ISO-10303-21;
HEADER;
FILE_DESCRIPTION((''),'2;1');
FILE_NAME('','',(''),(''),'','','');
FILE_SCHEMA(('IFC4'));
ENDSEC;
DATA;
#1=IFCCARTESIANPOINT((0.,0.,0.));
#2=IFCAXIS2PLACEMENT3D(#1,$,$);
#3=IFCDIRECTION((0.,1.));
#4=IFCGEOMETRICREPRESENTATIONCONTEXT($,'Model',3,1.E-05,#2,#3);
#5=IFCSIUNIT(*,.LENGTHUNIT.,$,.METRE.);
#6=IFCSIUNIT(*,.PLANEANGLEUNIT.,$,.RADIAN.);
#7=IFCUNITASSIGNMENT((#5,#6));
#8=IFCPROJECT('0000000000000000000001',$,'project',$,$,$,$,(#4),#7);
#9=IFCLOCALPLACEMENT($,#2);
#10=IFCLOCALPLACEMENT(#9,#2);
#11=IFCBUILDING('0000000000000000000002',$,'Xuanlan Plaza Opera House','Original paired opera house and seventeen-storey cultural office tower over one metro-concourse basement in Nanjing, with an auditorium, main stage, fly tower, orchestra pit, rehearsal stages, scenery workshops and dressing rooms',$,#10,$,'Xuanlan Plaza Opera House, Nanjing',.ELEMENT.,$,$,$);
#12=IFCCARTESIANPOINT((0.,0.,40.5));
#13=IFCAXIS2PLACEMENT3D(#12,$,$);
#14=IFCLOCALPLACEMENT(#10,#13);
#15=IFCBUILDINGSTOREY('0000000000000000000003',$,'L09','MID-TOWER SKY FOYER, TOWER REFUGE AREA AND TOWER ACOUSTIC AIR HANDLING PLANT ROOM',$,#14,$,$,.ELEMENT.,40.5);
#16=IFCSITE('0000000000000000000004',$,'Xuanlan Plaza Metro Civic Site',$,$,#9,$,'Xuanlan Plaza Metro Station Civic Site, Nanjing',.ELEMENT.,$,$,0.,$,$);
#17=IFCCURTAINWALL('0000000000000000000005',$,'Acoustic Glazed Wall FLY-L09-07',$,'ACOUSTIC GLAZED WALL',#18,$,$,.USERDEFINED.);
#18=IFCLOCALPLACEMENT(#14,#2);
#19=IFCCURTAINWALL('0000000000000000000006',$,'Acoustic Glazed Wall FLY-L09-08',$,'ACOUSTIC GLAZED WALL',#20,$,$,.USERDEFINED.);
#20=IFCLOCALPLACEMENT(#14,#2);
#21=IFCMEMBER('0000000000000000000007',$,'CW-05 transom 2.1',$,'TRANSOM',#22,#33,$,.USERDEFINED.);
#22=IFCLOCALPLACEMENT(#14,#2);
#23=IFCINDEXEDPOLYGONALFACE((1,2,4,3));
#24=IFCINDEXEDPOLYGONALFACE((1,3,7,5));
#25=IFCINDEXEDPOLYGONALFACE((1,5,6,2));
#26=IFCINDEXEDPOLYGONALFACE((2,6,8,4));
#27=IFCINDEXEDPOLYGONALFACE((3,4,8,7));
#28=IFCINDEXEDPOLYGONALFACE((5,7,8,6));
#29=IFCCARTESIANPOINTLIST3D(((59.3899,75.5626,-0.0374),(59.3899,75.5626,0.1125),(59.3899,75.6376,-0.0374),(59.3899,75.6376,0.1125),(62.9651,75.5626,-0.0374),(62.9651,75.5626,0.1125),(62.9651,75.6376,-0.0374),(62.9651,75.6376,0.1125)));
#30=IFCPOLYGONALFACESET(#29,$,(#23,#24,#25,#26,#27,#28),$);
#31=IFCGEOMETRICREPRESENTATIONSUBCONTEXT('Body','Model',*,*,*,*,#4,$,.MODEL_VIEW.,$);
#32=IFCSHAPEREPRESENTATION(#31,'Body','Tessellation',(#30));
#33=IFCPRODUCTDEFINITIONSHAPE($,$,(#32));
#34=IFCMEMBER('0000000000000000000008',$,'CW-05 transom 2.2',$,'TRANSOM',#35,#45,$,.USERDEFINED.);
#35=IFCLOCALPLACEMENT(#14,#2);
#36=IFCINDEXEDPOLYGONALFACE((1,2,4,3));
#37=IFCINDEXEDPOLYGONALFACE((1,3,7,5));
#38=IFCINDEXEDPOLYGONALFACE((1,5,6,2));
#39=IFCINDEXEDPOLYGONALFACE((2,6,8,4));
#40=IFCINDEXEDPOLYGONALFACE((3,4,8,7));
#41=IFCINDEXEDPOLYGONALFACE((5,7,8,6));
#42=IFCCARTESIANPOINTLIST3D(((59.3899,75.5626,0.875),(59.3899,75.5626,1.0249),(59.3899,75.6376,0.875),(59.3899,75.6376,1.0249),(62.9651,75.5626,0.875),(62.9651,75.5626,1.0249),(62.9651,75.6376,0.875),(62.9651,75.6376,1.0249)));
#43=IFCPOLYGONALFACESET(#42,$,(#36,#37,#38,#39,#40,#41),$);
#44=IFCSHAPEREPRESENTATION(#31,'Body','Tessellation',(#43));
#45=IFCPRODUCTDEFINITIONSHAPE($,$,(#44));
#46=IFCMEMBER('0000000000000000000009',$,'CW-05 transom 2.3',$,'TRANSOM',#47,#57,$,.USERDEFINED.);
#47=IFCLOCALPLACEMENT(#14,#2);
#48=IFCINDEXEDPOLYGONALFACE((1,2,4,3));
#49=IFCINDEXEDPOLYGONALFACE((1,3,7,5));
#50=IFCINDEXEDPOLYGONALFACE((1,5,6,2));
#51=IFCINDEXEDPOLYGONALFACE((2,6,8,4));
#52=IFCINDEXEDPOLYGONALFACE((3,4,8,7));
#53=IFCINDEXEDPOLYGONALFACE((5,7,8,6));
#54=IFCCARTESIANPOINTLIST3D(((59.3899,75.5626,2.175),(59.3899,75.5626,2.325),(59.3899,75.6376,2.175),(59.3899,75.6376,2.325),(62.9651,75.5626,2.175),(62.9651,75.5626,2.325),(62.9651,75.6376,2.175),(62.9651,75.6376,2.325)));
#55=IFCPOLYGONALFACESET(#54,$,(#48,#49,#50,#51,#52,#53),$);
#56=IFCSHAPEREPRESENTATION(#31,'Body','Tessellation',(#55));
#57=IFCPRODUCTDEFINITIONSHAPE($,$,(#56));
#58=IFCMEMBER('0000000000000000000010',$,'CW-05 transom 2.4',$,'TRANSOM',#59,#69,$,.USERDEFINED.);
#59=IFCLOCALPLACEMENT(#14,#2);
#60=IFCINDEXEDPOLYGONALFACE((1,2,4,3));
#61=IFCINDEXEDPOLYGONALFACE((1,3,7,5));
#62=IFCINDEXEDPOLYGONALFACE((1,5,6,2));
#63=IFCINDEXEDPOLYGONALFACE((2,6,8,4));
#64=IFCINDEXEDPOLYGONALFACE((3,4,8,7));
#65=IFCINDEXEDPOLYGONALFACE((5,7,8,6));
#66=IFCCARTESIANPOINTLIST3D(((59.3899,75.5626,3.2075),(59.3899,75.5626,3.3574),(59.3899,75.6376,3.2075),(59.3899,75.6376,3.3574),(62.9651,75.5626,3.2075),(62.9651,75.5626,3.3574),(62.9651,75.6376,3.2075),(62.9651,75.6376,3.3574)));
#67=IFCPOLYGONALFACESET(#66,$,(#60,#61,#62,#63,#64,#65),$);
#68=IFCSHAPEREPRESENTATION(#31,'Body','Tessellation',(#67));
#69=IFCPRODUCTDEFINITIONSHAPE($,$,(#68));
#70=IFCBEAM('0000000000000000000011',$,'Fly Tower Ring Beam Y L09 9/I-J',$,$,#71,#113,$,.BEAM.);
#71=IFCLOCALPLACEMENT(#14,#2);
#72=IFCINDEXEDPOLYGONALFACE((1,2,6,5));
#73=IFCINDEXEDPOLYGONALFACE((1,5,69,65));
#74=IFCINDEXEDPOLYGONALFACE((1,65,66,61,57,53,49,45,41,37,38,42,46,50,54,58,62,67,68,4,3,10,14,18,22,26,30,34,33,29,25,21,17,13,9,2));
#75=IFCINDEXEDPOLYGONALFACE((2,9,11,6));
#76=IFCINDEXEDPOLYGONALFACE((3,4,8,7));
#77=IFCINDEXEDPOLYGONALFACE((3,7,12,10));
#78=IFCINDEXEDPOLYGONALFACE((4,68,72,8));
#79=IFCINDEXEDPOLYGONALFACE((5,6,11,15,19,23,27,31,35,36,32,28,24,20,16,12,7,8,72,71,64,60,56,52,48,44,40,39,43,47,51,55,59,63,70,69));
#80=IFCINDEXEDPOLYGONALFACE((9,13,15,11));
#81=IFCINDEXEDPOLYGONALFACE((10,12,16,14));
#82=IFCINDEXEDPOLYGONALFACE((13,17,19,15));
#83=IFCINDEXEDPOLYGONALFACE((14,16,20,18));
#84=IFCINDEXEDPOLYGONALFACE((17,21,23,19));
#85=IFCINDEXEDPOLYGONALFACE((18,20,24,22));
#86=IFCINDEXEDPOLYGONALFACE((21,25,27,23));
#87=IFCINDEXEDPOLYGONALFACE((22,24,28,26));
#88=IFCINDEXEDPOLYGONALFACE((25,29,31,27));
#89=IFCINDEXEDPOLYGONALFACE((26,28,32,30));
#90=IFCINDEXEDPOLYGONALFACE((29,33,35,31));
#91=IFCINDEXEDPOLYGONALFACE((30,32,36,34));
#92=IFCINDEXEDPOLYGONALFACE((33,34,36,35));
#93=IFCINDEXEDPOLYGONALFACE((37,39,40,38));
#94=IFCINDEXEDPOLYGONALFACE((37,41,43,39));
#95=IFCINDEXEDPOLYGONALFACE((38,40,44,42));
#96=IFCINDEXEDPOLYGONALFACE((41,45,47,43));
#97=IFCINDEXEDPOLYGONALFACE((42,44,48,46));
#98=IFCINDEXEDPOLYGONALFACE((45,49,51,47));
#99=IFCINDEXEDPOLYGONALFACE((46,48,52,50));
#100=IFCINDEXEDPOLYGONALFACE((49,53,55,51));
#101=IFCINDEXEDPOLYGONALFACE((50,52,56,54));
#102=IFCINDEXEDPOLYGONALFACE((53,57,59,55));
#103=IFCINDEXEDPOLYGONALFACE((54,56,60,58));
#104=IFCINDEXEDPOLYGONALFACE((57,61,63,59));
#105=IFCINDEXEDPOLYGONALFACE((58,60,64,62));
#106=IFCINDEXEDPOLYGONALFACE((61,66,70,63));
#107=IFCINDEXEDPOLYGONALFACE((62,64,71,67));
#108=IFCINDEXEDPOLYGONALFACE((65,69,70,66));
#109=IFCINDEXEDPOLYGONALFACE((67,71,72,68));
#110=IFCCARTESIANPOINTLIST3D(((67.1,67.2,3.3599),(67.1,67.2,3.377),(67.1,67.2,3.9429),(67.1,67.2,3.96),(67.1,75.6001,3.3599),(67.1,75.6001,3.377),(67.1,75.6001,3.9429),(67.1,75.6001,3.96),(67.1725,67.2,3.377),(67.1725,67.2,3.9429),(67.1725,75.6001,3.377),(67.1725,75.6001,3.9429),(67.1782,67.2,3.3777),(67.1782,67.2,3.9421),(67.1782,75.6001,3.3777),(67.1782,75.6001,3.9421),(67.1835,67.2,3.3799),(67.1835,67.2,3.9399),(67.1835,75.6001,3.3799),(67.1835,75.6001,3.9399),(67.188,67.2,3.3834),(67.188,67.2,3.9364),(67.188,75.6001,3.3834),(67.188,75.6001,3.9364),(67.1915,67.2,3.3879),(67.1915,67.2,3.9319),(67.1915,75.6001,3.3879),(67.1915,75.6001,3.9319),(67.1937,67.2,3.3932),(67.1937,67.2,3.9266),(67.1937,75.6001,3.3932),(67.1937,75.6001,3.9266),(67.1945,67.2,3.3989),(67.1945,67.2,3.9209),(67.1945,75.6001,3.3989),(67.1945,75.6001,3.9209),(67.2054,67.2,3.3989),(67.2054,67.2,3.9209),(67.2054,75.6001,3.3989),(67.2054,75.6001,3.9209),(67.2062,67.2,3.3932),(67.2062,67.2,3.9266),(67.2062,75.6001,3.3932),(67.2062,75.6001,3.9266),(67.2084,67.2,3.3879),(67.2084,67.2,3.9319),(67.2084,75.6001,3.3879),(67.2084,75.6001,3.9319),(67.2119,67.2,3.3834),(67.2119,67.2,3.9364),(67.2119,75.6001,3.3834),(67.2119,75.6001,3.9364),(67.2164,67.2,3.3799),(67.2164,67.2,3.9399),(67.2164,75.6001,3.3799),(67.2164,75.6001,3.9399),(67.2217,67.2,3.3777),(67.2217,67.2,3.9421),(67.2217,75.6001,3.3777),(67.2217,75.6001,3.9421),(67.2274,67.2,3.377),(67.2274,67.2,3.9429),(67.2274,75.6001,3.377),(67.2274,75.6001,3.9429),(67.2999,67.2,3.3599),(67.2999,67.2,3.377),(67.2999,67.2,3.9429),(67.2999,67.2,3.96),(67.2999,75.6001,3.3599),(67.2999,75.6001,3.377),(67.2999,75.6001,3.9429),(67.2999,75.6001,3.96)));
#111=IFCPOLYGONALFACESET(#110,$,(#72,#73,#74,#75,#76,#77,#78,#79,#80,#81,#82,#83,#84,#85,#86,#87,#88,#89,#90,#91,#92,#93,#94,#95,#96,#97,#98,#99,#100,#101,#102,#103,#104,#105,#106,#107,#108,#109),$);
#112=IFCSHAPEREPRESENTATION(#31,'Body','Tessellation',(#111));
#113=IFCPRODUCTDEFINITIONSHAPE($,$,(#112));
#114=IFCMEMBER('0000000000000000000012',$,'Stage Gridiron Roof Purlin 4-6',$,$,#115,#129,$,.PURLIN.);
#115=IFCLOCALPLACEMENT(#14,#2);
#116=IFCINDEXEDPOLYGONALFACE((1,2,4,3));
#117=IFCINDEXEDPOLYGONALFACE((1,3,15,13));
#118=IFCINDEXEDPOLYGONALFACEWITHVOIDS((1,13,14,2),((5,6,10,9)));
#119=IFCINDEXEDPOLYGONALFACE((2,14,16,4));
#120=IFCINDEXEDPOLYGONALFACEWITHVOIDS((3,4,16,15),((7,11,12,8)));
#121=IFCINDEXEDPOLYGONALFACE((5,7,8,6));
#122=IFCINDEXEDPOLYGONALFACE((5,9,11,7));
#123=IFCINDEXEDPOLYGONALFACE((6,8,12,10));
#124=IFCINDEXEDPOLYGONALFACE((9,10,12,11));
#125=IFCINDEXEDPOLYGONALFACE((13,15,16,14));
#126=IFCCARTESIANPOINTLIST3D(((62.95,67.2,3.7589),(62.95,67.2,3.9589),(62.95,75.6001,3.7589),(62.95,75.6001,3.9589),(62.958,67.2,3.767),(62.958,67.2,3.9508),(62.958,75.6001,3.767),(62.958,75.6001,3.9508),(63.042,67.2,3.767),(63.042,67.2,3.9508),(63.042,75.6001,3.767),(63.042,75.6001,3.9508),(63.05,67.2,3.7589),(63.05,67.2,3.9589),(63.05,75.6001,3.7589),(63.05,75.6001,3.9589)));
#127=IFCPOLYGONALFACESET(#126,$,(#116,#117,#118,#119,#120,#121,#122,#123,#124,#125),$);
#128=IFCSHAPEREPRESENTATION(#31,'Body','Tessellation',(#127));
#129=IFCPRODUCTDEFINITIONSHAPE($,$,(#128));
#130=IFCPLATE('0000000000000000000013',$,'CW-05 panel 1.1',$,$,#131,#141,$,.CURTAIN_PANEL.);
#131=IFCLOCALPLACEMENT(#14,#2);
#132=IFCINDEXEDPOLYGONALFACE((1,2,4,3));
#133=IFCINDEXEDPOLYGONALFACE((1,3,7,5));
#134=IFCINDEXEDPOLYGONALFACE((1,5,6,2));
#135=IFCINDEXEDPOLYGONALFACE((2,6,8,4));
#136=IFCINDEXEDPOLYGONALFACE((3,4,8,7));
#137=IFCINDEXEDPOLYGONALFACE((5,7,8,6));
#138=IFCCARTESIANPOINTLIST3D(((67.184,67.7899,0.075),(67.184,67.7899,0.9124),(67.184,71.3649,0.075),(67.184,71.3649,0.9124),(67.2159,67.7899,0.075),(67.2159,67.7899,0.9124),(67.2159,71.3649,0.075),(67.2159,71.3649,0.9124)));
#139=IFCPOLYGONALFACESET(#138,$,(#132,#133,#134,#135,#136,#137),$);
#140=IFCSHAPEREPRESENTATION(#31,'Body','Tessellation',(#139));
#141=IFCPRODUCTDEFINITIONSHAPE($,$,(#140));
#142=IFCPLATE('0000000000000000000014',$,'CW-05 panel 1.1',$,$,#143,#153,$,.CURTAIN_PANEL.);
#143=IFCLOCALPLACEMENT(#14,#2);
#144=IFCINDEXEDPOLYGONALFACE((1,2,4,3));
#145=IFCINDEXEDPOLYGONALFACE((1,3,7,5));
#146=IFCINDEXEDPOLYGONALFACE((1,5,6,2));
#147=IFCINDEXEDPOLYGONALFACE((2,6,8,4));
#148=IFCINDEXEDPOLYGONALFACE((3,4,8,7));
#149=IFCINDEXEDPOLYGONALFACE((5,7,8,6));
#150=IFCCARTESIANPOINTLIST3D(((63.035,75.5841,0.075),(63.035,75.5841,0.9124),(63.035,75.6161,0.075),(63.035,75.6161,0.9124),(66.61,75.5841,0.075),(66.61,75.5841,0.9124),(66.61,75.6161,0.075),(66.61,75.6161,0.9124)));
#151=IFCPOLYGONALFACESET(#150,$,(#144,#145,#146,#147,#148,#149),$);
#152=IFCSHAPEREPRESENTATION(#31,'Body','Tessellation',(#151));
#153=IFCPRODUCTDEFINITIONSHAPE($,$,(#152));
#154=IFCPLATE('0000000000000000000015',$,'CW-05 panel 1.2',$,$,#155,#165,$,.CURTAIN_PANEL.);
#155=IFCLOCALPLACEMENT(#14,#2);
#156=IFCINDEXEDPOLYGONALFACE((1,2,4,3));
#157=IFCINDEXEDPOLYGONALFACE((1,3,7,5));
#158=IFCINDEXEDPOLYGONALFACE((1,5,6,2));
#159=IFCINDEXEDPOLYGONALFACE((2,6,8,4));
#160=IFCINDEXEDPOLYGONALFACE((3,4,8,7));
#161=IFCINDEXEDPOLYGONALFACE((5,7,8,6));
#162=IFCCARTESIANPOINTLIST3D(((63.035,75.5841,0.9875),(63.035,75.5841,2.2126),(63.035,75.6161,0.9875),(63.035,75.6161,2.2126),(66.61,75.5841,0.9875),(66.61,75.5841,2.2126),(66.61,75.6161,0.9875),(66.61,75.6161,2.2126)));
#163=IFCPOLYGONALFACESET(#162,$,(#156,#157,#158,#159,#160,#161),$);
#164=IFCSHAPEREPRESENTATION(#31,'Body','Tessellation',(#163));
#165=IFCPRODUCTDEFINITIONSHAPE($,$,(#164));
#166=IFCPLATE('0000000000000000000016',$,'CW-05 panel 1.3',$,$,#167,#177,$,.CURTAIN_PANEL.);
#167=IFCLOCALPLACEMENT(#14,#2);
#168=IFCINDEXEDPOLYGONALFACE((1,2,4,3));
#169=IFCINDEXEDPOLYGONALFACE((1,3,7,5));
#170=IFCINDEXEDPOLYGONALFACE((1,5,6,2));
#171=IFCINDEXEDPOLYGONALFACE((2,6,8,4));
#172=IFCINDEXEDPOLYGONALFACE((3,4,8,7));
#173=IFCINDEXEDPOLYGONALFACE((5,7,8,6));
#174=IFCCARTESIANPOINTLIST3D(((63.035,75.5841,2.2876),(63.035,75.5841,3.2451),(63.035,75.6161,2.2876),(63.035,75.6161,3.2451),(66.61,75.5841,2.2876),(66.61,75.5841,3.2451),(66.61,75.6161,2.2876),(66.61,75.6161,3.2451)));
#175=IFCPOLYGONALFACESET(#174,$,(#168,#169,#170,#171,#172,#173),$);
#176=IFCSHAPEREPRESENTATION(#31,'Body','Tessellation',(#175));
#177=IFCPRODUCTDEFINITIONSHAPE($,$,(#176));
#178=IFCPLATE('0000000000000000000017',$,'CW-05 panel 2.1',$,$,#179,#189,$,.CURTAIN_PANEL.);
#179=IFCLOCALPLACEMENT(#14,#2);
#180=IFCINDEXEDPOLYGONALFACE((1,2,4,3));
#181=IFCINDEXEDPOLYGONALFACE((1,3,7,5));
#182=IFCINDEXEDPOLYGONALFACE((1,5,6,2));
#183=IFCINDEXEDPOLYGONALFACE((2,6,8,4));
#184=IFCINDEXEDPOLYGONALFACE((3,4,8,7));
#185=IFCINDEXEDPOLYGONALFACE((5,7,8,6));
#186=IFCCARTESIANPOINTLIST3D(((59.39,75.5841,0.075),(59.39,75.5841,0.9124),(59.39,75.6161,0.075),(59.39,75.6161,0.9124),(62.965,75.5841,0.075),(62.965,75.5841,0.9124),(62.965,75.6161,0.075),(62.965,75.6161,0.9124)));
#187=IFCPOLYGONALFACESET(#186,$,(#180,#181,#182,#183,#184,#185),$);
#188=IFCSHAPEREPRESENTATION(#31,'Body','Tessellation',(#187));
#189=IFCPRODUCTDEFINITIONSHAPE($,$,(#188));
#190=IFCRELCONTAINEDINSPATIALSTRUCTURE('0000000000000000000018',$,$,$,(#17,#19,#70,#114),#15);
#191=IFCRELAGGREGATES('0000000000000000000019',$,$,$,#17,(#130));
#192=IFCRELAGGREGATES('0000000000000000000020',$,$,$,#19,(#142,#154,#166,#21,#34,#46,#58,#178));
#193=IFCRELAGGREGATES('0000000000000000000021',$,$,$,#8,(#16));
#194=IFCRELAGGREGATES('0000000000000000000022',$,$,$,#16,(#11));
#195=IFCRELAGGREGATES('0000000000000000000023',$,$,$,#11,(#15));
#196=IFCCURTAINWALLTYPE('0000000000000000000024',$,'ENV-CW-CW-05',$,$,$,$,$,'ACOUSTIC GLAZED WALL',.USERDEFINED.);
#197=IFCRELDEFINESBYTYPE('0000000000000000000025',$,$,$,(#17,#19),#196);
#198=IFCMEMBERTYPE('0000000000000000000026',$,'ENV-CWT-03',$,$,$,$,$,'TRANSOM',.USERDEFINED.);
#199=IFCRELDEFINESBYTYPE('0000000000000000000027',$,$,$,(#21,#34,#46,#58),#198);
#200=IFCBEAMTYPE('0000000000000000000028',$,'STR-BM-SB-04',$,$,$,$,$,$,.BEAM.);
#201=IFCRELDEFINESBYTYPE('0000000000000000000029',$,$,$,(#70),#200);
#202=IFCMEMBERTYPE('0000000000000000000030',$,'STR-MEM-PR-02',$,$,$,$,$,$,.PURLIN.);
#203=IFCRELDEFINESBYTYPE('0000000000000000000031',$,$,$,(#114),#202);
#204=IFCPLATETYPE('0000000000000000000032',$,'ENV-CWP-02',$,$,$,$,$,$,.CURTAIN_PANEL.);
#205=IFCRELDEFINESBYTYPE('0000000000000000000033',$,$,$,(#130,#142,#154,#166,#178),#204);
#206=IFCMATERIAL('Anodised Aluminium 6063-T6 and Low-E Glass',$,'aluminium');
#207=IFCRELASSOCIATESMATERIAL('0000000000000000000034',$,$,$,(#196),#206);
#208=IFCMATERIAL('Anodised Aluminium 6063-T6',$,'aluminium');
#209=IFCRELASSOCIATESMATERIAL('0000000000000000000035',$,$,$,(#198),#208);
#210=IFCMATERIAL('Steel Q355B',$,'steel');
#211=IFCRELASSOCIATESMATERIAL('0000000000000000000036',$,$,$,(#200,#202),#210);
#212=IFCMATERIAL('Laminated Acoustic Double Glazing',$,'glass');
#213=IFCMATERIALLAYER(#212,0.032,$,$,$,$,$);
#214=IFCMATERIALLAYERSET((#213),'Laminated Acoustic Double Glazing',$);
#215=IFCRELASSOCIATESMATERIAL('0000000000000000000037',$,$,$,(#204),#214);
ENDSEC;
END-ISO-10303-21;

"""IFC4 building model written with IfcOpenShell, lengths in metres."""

from ifc_helpers import new_model, si_unit, direction, frame, origin, origin_2d, place, context, subcontext, project, spatial, rectangle, hollow_rectangle, i_section, extrude, material, layer, layer_set, material_profile, profile_set, type_object, element, aggregate, save


model = new_model("IFC4")

# Units and contexts
model_context = context("Model", 3, precision=1e-05, world=origin(), true_north=direction((0.0, 1.0)))
body_context = subcontext(model_context, "Body", "Model", "MODEL_VIEW")
ifc_project = project(units=[si_unit("LENGTHUNIT", "METRE"), si_unit("PLANEANGLEUNIT", "RADIAN")], contexts=[model_context])

# Site, building, storey
site_placement = place(None, origin())
site = spatial("IfcSite", under=ifc_project, at=site_placement, Name="Xuanlan Plaza Metro Civic Site", LongName="Xuanlan Plaza Metro Station Civic Site, Nanjing", CompositionType="ELEMENT", RefElevation=0.0)
building_placement = place(site_placement, origin())
building = spatial("IfcBuilding", under=site, at=building_placement, Name="Xuanlan Plaza Opera House", Description="Original paired opera house and seventeen-storey cultural office tower over one metro-concourse basement in Nanjing, with an auditorium, main stage, fly tower, orchestra pit, rehearsal stages, scenery workshops and dressing rooms", LongName="Xuanlan Plaza Opera House, Nanjing", CompositionType="ELEMENT")
storey_placement = place(building_placement, frame((0.0, 0.0, 40.5)))
storey = spatial("IfcBuildingStorey", under=building, at=storey_placement, Name="L09", Description="MID-TOWER SKY FOYER, TOWER REFUGE AREA AND TOWER ACOUSTIC AIR HANDLING PLANT ROOM", CompositionType="ELEMENT", Elevation=40.5)

# Curtain walls
ifc_material_1 = material(Name="Anodised Aluminium 6063-T6 and Low-E Glass", Category="aluminium")
curtain_wall_type = type_object("IfcCurtainWallType", Name="ENV-CW-CW-05", ElementType="ACOUSTIC GLAZED WALL", PredefinedType="USERDEFINED", material=ifc_material_1)
curtain_wall_1_placement = place(storey_placement, origin())
curtain_wall_1 = element("IfcCurtainWall", 1, at=curtain_wall_1_placement, inside=storey, type_object=curtain_wall_type, Name="Acoustic Glazed Wall FLY-L09-07", ObjectType="ACOUSTIC GLAZED WALL", PredefinedType="USERDEFINED")
ifc_material_2 = material(Name="Anodised Aluminium 6063-T6", Category="aluminium")
curtain_wall_2_placement = place(storey_placement, origin())
curtain_wall_2 = element("IfcCurtainWall", 2, at=curtain_wall_2_placement, inside=storey, type_object=curtain_wall_type, Name="Acoustic Glazed Wall FLY-L09-08", ObjectType="ACOUSTIC GLAZED WALL", PredefinedType="USERDEFINED")

# Members
ifc_material_profile_1 = material_profile(ifc_material_2, rectangle(XDim=0.075, YDim=0.1499, at=origin_2d()), Name="ALU-T 75x150")
ifc_profile_set_1 = profile_set([ifc_material_profile_1], Name="Anodised Aluminium 6063-T6")
member_type_1 = type_object("IfcMemberType", Name="ENV-CWT-03", ElementType="TRANSOM", PredefinedType="USERDEFINED", material=ifc_profile_set_1)
member_1_placement = place(storey_placement, frame((62.9651, 75.6001, 0.0376), z_axis=(-1.0, 0.0, 0.0), x_axis=(0.0, -1.0, 0.0)))
member_1 = element("IfcMember", 3, at=member_1_placement, type_object=member_type_1, Name="CW-05 transom 2.1", ObjectType="TRANSOM", PredefinedType="USERDEFINED", context=body_context, shape_type="SweptSolid", body=[
    extrude(rectangle(XDim=0.075, YDim=0.1499, at=origin_2d()), origin(), (0.0, 0.0, 1.0), 3.5752),
])
member_2_placement = place(storey_placement, frame((62.9651, 75.6001, 0.95), z_axis=(-1.0, 0.0, 0.0), x_axis=(0.0, -1.0, 0.0)))
member_2 = element("IfcMember", 4, at=member_2_placement, type_object=member_type_1, Name="CW-05 transom 2.2", ObjectType="TRANSOM", PredefinedType="USERDEFINED", context=body_context, shape_type="SweptSolid", body=[
    extrude(rectangle(XDim=0.075, YDim=0.1499, at=origin_2d()), origin(), (0.0, 0.0, 1.0), 3.5752),
])
member_3_placement = place(storey_placement, frame((62.9651, 75.6001, 2.25), z_axis=(-1.0, 0.0, 0.0), x_axis=(0.0, -1.0, 0.0)))
member_3 = element("IfcMember", 5, at=member_3_placement, type_object=member_type_1, Name="CW-05 transom 2.3", ObjectType="TRANSOM", PredefinedType="USERDEFINED", context=body_context, shape_type="SweptSolid", body=[
    extrude(rectangle(XDim=0.075, YDim=0.1499, at=origin_2d()), origin(), (0.0, 0.0, 1.0), 3.5752),
])
member_4_placement = place(storey_placement, frame((62.9651, 75.6001, 3.2825), z_axis=(-1.0, 0.0, 0.0), x_axis=(0.0, -1.0, 0.0)))
member_4 = element("IfcMember", 6, at=member_4_placement, type_object=member_type_1, Name="CW-05 transom 2.4", ObjectType="TRANSOM", PredefinedType="USERDEFINED", context=body_context, shape_type="SweptSolid", body=[
    extrude(rectangle(XDim=0.075, YDim=0.1499, at=origin_2d()), origin(), (0.0, 0.0, 1.0), 3.5752),
])

# Beam
ifc_material_3 = material(Name="Steel Q355B", Category="steel")
ifc_material_profile_2 = material_profile(ifc_material_3, i_section(OverallWidth=0.2, OverallDepth=0.6001, WebThickness=0.011, FlangeThickness=0.0171, FilletRadius=0.022, at=origin_2d()), Name="HN 600x200x11x17")
ifc_profile_set_2 = profile_set([ifc_material_profile_2], Name="Steel Q355B")
beam_type = type_object("IfcBeamType", Name="STR-BM-SB-04", PredefinedType="BEAM", material=ifc_profile_set_2)
beam_placement = place(storey_placement, frame((67.2, 67.2, 3.6599), z_axis=(0.0, 1.0, 0.0), x_axis=(-1.0, 0.0, 0.0)))
element("IfcBeam", 7, at=beam_placement, inside=storey, type_object=beam_type, Name="Fly Tower Ring Beam Y L09 9/I-J", PredefinedType="BEAM", context=body_context, shape_type="SweptSolid", body=[
    extrude(i_section(OverallWidth=0.2, OverallDepth=0.6001, WebThickness=0.011, FlangeThickness=0.0171, FilletRadius=0.022, at=origin_2d()), origin(), (0.0, 0.0, 1.0), 8.4001),
])

# Member
ifc_material_profile_3 = material_profile(ifc_material_3, hollow_rectangle(XDim=0.1001, YDim=0.2, WallThickness=0.0081, at=origin_2d()), Name="RHS 200x100x8")
ifc_profile_set_3 = profile_set([ifc_material_profile_3], Name="Steel Q355B")
member_type_2 = type_object("IfcMemberType", Name="STR-MEM-PR-02", PredefinedType="PURLIN", material=ifc_profile_set_3)
member_5_placement = place(storey_placement, frame((63.0, 67.2, 3.8589), z_axis=(0.0, 1.0, 0.0), x_axis=(-1.0, 0.0, 0.0)))
element("IfcMember", 8, at=member_5_placement, inside=storey, type_object=member_type_2, Name="Stage Gridiron Roof Purlin 4-6", PredefinedType="PURLIN", context=body_context, shape_type="SweptSolid", body=[
    extrude(hollow_rectangle(XDim=0.1001, YDim=0.2, WallThickness=0.0081, at=origin_2d()), origin(), (0.0, 0.0, 1.0), 8.4001),
])

# Plates
ifc_material_4 = material(Name="Laminated Acoustic Double Glazing", Category="glass")
ifc_layer = layer(ifc_material_4, 0.032)
ifc_layer_set = layer_set([ifc_layer], Name="Laminated Acoustic Double Glazing")
plate_type = type_object("IfcPlateType", Name="ENV-CWP-02", PredefinedType="CURTAIN_PANEL", material=ifc_layer_set)
plate_1_placement = place(storey_placement, frame((67.2, 69.5774, 0.075), z_axis=(0.0, 0.0, 1.0), x_axis=(0.0, 1.0, 0.0)))
plate_1 = element("IfcPlate", 9, at=plate_1_placement, type_object=plate_type, Name="CW-05 panel 1.1", PredefinedType="CURTAIN_PANEL", context=body_context, shape_type="SweptSolid", body=[
    extrude(rectangle(XDim=3.575, YDim=0.032, at=origin_2d()), origin(), (0.0, 0.0, 1.0), 0.8374),
])
aggregate(curtain_wall_1, [plate_1])
plate_2_placement = place(storey_placement, frame((64.8225, 75.6001, 0.075), z_axis=(0.0, 0.0, 1.0), x_axis=(-1.0, 0.0, 0.0)))
plate_2 = element("IfcPlate", 10, at=plate_2_placement, type_object=plate_type, Name="CW-05 panel 1.1", PredefinedType="CURTAIN_PANEL", context=body_context, shape_type="SweptSolid", body=[
    extrude(rectangle(XDim=3.575, YDim=0.032, at=origin_2d()), origin(), (0.0, 0.0, 1.0), 0.8374),
])
plate_3_placement = place(storey_placement, frame((64.8225, 75.6001, 0.9875), z_axis=(0.0, 0.0, 1.0), x_axis=(-1.0, 0.0, 0.0)))
plate_3 = element("IfcPlate", 11, at=plate_3_placement, type_object=plate_type, Name="CW-05 panel 1.2", PredefinedType="CURTAIN_PANEL", context=body_context, shape_type="SweptSolid", body=[
    extrude(rectangle(XDim=3.575, YDim=0.032, at=origin_2d()), origin(), (0.0, 0.0, 1.0), 1.2251),
])
plate_4_placement = place(storey_placement, frame((64.8225, 75.6001, 2.2876), z_axis=(0.0, 0.0, 1.0), x_axis=(-1.0, 0.0, 0.0)))
plate_4 = element("IfcPlate", 12, at=plate_4_placement, type_object=plate_type, Name="CW-05 panel 1.3", PredefinedType="CURTAIN_PANEL", context=body_context, shape_type="SweptSolid", body=[
    extrude(rectangle(XDim=3.575, YDim=0.032, at=origin_2d()), origin(), (0.0, 0.0, 1.0), 0.9575),
])
plate_5_placement = place(storey_placement, frame((61.1775, 75.6001, 0.075), z_axis=(0.0, 0.0, 1.0), x_axis=(-1.0, 0.0, 0.0)))
plate_5 = element("IfcPlate", 13, at=plate_5_placement, type_object=plate_type, Name="CW-05 panel 2.1", PredefinedType="CURTAIN_PANEL", context=body_context, shape_type="SweptSolid", body=[
    extrude(rectangle(XDim=3.575, YDim=0.032, at=origin_2d()), origin(), (0.0, 0.0, 1.0), 0.8374),
])
aggregate(curtain_wall_2, [plate_2, plate_3, plate_4, member_1, member_2, member_3, member_4, plate_5])

save(model, "model.ifc")
